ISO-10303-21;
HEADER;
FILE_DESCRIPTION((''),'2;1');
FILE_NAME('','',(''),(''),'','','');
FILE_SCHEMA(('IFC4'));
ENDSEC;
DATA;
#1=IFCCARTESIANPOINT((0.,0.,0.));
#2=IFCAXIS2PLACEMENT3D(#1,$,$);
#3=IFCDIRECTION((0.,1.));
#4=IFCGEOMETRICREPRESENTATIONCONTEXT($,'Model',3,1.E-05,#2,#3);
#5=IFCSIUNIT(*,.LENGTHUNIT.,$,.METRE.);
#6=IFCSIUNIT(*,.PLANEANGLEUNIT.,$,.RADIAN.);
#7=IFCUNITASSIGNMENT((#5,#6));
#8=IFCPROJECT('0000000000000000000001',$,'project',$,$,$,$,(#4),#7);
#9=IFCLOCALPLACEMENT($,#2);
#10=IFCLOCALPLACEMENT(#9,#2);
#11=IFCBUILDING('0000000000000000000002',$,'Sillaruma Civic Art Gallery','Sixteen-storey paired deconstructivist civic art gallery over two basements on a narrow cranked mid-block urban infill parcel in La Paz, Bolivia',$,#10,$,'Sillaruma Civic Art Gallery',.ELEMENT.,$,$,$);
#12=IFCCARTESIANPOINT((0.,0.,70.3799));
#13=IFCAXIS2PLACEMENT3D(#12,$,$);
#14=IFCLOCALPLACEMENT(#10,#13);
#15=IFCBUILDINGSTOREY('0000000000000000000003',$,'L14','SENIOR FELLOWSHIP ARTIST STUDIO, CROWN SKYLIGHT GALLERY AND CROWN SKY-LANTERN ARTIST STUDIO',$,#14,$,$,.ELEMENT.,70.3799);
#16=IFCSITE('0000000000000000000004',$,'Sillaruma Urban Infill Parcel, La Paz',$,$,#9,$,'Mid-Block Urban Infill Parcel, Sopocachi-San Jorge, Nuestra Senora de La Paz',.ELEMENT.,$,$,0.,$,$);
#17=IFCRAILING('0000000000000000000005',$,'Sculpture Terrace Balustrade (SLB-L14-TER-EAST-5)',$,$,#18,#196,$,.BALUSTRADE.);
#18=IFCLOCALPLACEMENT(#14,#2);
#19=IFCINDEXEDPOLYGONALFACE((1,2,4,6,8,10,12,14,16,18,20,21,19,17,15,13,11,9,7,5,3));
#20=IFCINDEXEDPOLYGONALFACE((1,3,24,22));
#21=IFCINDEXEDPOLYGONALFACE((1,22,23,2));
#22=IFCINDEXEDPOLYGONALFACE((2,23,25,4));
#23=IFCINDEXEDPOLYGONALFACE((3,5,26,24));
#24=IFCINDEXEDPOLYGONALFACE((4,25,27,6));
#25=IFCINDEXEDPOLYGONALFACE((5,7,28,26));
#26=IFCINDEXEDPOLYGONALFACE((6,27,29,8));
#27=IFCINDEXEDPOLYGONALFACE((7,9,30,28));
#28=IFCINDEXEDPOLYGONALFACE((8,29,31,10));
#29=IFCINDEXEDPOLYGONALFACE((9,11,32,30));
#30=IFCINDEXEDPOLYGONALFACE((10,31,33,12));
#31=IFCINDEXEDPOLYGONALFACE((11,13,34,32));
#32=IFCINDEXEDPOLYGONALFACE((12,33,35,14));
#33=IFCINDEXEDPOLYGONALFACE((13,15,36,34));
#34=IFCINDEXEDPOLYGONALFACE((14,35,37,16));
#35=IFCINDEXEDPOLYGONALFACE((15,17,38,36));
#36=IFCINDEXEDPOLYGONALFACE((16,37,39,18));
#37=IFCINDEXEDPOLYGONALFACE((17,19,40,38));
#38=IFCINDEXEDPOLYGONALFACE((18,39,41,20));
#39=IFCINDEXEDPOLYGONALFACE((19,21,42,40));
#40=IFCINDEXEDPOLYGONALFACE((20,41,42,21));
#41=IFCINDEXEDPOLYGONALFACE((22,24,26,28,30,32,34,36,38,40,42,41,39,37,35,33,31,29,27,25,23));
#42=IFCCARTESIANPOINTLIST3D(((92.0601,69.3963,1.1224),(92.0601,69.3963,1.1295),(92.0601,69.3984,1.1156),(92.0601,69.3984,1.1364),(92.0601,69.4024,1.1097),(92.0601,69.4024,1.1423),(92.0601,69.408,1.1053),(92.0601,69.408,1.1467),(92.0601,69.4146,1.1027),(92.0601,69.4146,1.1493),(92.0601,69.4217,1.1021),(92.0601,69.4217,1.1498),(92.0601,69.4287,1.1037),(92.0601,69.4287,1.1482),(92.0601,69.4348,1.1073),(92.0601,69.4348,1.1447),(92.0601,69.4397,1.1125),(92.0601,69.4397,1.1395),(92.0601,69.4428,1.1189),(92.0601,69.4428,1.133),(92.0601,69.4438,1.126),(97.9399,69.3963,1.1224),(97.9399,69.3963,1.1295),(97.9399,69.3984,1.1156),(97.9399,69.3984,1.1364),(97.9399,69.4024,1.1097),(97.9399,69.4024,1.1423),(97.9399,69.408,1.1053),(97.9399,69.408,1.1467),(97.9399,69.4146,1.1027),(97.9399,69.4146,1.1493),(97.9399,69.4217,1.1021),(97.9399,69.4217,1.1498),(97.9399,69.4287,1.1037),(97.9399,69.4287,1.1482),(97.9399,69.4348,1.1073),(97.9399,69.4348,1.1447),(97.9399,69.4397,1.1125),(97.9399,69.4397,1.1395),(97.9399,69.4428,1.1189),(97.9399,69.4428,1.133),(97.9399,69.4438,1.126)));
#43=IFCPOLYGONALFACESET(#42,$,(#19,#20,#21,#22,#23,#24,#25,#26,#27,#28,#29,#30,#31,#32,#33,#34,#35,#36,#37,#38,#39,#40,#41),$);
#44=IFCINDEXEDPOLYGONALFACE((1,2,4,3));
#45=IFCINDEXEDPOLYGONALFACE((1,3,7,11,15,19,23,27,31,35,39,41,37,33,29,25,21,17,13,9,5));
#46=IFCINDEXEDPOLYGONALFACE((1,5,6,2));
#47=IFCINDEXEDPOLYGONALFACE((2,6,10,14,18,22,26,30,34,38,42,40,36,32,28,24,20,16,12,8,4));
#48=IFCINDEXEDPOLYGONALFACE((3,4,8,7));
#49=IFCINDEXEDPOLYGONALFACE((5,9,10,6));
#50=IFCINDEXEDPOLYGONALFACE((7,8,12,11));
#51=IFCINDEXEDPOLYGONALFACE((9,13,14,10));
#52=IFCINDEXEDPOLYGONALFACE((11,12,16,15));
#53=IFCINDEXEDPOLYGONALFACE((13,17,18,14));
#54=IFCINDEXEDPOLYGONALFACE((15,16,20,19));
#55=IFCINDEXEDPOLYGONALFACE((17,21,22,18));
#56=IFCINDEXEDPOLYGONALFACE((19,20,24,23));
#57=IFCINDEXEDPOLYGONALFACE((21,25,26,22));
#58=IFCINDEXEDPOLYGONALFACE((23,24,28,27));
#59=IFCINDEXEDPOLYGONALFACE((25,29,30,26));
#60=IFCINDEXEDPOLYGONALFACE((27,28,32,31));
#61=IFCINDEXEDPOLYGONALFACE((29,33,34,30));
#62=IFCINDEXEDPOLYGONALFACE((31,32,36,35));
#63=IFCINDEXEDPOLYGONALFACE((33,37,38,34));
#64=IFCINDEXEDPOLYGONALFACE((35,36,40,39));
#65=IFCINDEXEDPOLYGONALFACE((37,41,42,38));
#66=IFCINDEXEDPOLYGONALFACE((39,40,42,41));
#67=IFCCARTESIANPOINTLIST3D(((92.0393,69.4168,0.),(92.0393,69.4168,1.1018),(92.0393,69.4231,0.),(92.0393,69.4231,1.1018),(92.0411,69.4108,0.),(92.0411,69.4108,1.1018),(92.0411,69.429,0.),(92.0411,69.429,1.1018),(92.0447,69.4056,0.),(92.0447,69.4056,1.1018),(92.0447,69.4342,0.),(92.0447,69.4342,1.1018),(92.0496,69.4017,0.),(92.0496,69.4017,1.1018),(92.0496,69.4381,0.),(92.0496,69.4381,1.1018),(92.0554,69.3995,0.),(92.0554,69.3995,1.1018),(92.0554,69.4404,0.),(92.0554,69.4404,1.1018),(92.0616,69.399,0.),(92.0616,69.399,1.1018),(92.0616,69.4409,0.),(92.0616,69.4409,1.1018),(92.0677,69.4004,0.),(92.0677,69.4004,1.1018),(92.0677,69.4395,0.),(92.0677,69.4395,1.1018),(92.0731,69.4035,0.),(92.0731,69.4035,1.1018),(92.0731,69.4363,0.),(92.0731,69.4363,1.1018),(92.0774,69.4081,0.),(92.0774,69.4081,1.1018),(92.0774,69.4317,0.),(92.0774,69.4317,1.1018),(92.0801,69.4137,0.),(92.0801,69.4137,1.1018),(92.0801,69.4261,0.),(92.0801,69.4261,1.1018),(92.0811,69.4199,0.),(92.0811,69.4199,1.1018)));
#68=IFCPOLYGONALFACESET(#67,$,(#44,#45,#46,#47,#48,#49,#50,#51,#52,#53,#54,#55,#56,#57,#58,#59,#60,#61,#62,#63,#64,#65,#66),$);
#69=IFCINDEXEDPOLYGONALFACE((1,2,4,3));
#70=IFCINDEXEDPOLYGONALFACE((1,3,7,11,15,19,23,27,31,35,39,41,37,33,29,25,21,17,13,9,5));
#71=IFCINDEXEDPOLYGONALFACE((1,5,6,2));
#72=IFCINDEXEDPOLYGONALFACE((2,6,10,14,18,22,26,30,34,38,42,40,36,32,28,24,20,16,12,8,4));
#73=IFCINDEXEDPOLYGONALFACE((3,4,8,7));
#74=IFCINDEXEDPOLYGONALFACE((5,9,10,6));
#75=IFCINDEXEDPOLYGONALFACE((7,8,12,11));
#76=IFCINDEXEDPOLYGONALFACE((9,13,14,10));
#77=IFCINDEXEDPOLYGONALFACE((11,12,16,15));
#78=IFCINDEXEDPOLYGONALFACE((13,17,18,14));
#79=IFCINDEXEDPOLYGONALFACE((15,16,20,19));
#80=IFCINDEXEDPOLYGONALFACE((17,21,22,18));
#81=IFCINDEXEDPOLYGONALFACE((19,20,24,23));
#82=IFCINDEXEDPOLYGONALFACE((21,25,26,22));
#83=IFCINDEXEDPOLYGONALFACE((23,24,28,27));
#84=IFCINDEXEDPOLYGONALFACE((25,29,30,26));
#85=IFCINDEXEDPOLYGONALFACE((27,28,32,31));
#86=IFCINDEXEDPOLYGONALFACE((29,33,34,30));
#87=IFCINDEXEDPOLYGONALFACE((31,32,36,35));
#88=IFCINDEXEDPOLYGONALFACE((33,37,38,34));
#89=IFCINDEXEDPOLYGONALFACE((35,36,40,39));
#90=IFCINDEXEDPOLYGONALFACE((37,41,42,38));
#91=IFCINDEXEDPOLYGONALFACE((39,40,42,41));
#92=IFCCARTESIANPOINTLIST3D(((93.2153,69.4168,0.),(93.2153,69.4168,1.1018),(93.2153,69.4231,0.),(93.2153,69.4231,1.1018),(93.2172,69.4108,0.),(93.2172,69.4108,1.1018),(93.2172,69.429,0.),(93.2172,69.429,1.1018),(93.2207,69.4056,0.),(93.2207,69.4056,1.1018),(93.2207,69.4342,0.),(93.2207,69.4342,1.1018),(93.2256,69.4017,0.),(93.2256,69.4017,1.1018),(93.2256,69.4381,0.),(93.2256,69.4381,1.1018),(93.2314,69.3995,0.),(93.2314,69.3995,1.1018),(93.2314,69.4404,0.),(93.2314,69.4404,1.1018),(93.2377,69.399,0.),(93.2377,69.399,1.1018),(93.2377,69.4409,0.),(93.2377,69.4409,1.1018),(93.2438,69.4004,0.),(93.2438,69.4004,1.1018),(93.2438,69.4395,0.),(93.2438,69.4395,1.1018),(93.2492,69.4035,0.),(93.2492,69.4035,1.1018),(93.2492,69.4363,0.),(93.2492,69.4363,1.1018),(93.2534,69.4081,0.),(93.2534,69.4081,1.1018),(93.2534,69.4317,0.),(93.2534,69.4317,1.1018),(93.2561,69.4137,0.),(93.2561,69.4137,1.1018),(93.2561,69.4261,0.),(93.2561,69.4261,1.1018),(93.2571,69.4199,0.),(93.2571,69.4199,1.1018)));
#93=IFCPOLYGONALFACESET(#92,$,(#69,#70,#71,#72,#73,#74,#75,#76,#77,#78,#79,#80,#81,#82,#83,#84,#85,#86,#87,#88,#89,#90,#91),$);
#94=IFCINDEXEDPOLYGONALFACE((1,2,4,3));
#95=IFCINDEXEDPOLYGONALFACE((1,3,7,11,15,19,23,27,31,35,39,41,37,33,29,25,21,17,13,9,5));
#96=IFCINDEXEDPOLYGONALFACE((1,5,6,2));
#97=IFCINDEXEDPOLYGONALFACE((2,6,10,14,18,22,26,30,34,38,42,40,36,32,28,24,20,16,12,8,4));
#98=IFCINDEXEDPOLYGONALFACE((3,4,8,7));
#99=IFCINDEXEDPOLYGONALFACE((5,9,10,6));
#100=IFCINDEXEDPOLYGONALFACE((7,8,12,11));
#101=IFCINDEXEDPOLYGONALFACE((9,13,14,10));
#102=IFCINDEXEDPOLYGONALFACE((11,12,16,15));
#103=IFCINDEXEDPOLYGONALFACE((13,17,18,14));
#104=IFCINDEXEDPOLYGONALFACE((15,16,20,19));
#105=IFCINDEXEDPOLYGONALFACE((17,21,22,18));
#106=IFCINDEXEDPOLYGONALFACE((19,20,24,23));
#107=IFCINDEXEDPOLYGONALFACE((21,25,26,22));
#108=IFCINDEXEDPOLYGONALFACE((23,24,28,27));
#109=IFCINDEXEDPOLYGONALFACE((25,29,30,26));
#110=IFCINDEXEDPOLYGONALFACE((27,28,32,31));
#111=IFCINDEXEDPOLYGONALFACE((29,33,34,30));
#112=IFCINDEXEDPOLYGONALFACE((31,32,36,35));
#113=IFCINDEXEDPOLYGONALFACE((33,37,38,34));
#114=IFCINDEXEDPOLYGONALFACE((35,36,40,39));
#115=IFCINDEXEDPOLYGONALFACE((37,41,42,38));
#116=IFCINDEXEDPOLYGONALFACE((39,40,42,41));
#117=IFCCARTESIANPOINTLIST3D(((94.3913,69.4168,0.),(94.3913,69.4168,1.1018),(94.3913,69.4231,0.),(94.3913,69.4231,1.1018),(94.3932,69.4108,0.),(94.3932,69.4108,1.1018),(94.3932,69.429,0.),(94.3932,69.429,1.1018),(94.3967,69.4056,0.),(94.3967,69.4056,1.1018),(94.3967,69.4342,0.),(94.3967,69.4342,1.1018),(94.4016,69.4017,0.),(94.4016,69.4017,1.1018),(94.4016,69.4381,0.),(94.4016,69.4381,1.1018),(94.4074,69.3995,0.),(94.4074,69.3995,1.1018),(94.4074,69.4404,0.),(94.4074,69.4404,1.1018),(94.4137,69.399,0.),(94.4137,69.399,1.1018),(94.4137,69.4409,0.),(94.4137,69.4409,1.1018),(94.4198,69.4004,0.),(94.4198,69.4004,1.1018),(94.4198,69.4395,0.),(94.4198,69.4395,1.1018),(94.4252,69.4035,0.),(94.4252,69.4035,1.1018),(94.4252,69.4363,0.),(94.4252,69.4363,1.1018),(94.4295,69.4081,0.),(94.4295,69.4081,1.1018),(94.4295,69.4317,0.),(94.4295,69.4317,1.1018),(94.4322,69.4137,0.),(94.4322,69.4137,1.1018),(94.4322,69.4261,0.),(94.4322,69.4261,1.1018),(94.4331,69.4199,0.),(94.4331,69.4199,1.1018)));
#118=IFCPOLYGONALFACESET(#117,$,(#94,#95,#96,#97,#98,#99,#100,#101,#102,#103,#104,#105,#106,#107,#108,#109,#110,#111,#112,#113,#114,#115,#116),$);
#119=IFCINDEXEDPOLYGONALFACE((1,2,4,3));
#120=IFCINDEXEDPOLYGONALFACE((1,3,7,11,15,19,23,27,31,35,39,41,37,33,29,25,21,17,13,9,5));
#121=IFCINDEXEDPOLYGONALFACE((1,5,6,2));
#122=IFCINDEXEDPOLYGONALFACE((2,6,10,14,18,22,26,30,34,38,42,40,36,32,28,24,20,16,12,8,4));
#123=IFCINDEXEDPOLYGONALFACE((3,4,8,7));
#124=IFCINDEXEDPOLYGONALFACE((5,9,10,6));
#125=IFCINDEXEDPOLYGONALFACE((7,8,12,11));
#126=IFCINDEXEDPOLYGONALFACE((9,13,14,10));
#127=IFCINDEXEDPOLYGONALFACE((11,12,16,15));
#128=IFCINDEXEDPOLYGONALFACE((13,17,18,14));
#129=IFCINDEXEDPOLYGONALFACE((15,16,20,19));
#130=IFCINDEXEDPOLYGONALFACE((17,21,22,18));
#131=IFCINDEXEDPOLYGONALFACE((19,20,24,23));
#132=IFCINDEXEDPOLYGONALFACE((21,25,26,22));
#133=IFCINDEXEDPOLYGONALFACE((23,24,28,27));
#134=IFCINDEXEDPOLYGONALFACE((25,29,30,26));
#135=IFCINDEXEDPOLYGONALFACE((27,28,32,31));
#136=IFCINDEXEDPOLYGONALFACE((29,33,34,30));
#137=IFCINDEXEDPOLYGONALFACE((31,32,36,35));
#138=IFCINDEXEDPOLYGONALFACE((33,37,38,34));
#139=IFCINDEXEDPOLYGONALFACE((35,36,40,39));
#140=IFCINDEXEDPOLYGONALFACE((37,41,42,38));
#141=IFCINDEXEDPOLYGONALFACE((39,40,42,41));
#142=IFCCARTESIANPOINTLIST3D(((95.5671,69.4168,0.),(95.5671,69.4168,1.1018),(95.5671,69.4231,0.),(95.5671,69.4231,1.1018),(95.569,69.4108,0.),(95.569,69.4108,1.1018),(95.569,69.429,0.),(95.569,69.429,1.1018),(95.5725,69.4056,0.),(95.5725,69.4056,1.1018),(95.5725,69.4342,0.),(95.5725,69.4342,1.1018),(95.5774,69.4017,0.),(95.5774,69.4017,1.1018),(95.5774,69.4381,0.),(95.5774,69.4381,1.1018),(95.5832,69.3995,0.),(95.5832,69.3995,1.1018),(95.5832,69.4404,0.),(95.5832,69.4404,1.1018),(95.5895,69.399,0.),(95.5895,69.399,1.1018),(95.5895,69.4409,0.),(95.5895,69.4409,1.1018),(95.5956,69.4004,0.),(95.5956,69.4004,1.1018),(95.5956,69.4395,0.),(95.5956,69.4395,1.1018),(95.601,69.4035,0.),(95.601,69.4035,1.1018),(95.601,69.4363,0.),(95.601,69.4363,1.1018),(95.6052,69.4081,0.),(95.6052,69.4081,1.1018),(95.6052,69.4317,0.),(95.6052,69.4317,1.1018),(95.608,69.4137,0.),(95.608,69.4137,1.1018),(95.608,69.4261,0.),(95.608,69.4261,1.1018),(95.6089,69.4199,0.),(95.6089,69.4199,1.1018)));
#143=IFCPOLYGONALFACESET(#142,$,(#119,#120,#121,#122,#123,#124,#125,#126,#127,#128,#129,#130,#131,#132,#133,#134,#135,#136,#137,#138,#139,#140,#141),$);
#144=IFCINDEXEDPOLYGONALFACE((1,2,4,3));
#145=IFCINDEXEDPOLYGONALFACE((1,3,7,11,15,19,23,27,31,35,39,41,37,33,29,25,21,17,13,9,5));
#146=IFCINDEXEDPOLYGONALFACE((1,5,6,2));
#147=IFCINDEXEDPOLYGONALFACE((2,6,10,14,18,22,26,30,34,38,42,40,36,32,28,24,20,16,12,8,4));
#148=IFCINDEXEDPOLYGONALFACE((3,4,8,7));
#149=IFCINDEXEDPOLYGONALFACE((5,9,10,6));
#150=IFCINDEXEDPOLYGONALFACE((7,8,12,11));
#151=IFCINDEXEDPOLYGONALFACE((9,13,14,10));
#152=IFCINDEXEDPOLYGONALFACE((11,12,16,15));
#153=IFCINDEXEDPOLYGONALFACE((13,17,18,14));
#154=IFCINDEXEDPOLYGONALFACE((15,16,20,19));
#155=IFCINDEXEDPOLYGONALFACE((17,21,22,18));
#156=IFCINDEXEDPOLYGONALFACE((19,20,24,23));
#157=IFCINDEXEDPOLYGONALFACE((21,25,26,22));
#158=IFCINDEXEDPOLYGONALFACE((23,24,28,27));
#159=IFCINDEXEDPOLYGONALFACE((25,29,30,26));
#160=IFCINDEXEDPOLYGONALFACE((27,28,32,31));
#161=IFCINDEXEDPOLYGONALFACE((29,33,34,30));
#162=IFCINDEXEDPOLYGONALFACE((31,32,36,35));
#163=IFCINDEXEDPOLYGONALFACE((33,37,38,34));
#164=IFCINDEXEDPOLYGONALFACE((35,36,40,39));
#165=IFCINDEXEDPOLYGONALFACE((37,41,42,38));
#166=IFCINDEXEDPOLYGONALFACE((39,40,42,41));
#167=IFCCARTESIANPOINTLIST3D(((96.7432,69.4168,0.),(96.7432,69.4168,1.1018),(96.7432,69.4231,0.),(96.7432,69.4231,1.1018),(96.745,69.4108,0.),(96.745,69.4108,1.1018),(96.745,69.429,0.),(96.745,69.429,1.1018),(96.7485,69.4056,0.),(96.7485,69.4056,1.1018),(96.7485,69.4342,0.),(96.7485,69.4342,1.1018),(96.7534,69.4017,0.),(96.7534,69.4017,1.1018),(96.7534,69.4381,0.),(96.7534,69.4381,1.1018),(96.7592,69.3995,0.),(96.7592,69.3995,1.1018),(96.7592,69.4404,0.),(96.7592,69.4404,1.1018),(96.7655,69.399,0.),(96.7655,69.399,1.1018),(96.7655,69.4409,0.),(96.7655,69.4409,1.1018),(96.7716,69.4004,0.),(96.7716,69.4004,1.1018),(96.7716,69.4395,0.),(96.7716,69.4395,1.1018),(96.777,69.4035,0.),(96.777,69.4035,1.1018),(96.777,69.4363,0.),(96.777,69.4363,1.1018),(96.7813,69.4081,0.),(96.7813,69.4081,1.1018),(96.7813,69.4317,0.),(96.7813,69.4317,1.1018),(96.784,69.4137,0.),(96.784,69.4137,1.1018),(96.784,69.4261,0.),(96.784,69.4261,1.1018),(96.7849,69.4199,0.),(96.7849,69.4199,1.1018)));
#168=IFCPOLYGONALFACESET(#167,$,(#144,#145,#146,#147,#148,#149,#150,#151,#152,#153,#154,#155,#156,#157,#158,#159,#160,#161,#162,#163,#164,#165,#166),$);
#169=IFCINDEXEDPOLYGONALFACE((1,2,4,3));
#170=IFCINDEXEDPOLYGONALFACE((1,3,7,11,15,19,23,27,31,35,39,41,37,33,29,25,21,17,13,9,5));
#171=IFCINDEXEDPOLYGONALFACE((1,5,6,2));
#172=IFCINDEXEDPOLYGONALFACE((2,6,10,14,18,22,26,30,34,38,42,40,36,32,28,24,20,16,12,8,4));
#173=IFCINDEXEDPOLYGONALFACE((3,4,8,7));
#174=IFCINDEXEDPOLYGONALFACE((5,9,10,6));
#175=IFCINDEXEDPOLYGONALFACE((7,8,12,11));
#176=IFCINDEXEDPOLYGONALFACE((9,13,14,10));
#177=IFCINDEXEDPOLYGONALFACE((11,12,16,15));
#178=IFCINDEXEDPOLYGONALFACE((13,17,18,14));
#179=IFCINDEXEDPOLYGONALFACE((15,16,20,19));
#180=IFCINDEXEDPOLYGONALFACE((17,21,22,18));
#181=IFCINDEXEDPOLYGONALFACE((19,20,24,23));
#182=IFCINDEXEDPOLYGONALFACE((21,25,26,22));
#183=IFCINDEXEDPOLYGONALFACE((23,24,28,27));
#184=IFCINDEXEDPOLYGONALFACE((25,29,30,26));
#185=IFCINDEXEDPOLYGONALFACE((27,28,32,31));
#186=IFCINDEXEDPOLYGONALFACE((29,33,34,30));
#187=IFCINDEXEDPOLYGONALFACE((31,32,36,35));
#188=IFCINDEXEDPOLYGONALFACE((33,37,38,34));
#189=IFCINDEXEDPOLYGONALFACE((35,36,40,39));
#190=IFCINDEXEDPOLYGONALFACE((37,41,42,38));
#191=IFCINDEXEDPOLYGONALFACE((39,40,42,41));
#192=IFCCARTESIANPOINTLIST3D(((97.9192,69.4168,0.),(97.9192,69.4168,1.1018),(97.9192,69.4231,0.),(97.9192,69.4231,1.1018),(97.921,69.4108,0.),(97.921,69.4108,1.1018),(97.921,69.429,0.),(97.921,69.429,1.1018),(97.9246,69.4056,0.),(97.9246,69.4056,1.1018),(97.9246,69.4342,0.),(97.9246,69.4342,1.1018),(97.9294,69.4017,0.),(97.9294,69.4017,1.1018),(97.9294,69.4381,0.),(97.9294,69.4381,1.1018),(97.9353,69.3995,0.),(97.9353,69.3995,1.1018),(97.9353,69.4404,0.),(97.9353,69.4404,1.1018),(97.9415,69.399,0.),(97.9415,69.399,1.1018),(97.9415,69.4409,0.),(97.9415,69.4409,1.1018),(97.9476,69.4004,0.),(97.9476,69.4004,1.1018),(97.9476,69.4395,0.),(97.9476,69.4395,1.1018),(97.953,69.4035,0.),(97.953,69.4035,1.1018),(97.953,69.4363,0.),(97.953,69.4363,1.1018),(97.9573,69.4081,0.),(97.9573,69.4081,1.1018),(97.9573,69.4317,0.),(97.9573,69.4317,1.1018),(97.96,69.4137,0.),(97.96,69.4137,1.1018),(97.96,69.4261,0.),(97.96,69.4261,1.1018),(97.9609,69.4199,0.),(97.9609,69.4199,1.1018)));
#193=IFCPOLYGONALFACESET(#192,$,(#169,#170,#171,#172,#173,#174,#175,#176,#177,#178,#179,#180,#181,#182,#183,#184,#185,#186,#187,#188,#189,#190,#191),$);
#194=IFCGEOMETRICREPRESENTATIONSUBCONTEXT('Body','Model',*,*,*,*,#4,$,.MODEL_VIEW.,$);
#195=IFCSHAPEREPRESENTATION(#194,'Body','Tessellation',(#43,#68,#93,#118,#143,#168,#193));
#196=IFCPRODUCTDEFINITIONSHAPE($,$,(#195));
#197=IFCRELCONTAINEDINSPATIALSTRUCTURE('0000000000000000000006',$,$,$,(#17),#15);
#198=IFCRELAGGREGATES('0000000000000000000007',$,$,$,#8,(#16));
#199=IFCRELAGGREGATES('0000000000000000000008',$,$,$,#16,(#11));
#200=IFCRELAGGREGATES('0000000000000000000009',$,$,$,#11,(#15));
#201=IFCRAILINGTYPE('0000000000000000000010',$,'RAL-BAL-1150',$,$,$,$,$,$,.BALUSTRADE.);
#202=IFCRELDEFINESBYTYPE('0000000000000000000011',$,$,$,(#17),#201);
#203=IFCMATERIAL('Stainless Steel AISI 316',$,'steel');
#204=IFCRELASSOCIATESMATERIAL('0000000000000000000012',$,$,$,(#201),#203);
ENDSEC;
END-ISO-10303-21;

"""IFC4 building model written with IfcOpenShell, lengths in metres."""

from ifc_helpers import new_model, si_unit, direction, frame, origin, origin_2d, place, context, subcontext, project, spatial, circle, extrude, material, type_object, element, save


model = new_model("IFC4")

# Units and contexts
model_context = context("Model", 3, precision=1e-05, world=origin(), true_north=direction((0.0, 1.0)))
body_context = subcontext(model_context, "Body", "Model", "MODEL_VIEW")
ifc_project = project(units=[si_unit("LENGTHUNIT", "METRE"), si_unit("PLANEANGLEUNIT", "RADIAN")], contexts=[model_context])

# Site, building, storey
site_placement = place(None, origin())
site = spatial("IfcSite", under=ifc_project, at=site_placement, Name="Sillaruma Urban Infill Parcel, La Paz", LongName="Mid-Block Urban Infill Parcel, Sopocachi-San Jorge, Nuestra Senora de La Paz", CompositionType="ELEMENT", RefElevation=0.0)
building_placement = place(site_placement, origin())
building = spatial("IfcBuilding", under=site, at=building_placement, Name="Sillaruma Civic Art Gallery", Description="Sixteen-storey paired deconstructivist civic art gallery over two basements on a narrow cranked mid-block urban infill parcel in La Paz, Bolivia", LongName="Sillaruma Civic Art Gallery", CompositionType="ELEMENT")
storey_placement = place(building_placement, frame((0.0, 0.0, 70.3799)))
storey = spatial("IfcBuildingStorey", under=building, at=storey_placement, Name="L14", Description="SENIOR FELLOWSHIP ARTIST STUDIO, CROWN SKYLIGHT GALLERY AND CROWN SKY-LANTERN ARTIST STUDIO", CompositionType="ELEMENT", Elevation=70.3799)

# Railing
ifc_material_1 = material(Name="Stainless Steel AISI 316", Category="steel")
railing_type = type_object("IfcRailingType", Name="RAL-BAL-1150", PredefinedType="BALUSTRADE", material=ifc_material_1)
railing_1_placement = place(storey_placement, frame((92.0601, 69.4199, 0.0)))
element("IfcRailing", 1, at=railing_1_placement, inside=storey, type_object=railing_type, Name="Sculpture Terrace Balustrade (SLB-L14-TER-EAST-5)", PredefinedType="BALUSTRADE", context=body_context, shape_type="SweptSolid", body=[
    extrude(circle(Radius=0.0239, at=origin_2d()), frame((0.0, 0.0, 1.126), z_axis=(1.0, 0.0, 0.0), x_axis=(0.0, 1.0, 0.0)), (0.0, 0.0, 1.0), 5.8799),
    extrude(circle(Radius=0.021, at=origin_2d()), origin(), (0.0, 0.0, 1.0), 1.1018),
    extrude(circle(Radius=0.021, at=origin_2d()), frame((1.176, 0.0, 0.0)), (0.0, 0.0, 1.0), 1.1018),
    extrude(circle(Radius=0.021, at=origin_2d()), frame((2.3521, 0.0, 0.0)), (0.0, 0.0, 1.0), 1.1018),
    extrude(circle(Radius=0.021, at=origin_2d()), frame((3.5278, 0.0, 0.0)), (0.0, 0.0, 1.0), 1.1018),
    extrude(circle(Radius=0.021, at=origin_2d()), frame((4.7039, 0.0, 0.0)), (0.0, 0.0, 1.0), 1.1018),
    extrude(circle(Radius=0.021, at=origin_2d()), frame((5.8799, 0.0, 0.0)), (0.0, 0.0, 1.0), 1.1018),
])

save(model, "model.ifc")
